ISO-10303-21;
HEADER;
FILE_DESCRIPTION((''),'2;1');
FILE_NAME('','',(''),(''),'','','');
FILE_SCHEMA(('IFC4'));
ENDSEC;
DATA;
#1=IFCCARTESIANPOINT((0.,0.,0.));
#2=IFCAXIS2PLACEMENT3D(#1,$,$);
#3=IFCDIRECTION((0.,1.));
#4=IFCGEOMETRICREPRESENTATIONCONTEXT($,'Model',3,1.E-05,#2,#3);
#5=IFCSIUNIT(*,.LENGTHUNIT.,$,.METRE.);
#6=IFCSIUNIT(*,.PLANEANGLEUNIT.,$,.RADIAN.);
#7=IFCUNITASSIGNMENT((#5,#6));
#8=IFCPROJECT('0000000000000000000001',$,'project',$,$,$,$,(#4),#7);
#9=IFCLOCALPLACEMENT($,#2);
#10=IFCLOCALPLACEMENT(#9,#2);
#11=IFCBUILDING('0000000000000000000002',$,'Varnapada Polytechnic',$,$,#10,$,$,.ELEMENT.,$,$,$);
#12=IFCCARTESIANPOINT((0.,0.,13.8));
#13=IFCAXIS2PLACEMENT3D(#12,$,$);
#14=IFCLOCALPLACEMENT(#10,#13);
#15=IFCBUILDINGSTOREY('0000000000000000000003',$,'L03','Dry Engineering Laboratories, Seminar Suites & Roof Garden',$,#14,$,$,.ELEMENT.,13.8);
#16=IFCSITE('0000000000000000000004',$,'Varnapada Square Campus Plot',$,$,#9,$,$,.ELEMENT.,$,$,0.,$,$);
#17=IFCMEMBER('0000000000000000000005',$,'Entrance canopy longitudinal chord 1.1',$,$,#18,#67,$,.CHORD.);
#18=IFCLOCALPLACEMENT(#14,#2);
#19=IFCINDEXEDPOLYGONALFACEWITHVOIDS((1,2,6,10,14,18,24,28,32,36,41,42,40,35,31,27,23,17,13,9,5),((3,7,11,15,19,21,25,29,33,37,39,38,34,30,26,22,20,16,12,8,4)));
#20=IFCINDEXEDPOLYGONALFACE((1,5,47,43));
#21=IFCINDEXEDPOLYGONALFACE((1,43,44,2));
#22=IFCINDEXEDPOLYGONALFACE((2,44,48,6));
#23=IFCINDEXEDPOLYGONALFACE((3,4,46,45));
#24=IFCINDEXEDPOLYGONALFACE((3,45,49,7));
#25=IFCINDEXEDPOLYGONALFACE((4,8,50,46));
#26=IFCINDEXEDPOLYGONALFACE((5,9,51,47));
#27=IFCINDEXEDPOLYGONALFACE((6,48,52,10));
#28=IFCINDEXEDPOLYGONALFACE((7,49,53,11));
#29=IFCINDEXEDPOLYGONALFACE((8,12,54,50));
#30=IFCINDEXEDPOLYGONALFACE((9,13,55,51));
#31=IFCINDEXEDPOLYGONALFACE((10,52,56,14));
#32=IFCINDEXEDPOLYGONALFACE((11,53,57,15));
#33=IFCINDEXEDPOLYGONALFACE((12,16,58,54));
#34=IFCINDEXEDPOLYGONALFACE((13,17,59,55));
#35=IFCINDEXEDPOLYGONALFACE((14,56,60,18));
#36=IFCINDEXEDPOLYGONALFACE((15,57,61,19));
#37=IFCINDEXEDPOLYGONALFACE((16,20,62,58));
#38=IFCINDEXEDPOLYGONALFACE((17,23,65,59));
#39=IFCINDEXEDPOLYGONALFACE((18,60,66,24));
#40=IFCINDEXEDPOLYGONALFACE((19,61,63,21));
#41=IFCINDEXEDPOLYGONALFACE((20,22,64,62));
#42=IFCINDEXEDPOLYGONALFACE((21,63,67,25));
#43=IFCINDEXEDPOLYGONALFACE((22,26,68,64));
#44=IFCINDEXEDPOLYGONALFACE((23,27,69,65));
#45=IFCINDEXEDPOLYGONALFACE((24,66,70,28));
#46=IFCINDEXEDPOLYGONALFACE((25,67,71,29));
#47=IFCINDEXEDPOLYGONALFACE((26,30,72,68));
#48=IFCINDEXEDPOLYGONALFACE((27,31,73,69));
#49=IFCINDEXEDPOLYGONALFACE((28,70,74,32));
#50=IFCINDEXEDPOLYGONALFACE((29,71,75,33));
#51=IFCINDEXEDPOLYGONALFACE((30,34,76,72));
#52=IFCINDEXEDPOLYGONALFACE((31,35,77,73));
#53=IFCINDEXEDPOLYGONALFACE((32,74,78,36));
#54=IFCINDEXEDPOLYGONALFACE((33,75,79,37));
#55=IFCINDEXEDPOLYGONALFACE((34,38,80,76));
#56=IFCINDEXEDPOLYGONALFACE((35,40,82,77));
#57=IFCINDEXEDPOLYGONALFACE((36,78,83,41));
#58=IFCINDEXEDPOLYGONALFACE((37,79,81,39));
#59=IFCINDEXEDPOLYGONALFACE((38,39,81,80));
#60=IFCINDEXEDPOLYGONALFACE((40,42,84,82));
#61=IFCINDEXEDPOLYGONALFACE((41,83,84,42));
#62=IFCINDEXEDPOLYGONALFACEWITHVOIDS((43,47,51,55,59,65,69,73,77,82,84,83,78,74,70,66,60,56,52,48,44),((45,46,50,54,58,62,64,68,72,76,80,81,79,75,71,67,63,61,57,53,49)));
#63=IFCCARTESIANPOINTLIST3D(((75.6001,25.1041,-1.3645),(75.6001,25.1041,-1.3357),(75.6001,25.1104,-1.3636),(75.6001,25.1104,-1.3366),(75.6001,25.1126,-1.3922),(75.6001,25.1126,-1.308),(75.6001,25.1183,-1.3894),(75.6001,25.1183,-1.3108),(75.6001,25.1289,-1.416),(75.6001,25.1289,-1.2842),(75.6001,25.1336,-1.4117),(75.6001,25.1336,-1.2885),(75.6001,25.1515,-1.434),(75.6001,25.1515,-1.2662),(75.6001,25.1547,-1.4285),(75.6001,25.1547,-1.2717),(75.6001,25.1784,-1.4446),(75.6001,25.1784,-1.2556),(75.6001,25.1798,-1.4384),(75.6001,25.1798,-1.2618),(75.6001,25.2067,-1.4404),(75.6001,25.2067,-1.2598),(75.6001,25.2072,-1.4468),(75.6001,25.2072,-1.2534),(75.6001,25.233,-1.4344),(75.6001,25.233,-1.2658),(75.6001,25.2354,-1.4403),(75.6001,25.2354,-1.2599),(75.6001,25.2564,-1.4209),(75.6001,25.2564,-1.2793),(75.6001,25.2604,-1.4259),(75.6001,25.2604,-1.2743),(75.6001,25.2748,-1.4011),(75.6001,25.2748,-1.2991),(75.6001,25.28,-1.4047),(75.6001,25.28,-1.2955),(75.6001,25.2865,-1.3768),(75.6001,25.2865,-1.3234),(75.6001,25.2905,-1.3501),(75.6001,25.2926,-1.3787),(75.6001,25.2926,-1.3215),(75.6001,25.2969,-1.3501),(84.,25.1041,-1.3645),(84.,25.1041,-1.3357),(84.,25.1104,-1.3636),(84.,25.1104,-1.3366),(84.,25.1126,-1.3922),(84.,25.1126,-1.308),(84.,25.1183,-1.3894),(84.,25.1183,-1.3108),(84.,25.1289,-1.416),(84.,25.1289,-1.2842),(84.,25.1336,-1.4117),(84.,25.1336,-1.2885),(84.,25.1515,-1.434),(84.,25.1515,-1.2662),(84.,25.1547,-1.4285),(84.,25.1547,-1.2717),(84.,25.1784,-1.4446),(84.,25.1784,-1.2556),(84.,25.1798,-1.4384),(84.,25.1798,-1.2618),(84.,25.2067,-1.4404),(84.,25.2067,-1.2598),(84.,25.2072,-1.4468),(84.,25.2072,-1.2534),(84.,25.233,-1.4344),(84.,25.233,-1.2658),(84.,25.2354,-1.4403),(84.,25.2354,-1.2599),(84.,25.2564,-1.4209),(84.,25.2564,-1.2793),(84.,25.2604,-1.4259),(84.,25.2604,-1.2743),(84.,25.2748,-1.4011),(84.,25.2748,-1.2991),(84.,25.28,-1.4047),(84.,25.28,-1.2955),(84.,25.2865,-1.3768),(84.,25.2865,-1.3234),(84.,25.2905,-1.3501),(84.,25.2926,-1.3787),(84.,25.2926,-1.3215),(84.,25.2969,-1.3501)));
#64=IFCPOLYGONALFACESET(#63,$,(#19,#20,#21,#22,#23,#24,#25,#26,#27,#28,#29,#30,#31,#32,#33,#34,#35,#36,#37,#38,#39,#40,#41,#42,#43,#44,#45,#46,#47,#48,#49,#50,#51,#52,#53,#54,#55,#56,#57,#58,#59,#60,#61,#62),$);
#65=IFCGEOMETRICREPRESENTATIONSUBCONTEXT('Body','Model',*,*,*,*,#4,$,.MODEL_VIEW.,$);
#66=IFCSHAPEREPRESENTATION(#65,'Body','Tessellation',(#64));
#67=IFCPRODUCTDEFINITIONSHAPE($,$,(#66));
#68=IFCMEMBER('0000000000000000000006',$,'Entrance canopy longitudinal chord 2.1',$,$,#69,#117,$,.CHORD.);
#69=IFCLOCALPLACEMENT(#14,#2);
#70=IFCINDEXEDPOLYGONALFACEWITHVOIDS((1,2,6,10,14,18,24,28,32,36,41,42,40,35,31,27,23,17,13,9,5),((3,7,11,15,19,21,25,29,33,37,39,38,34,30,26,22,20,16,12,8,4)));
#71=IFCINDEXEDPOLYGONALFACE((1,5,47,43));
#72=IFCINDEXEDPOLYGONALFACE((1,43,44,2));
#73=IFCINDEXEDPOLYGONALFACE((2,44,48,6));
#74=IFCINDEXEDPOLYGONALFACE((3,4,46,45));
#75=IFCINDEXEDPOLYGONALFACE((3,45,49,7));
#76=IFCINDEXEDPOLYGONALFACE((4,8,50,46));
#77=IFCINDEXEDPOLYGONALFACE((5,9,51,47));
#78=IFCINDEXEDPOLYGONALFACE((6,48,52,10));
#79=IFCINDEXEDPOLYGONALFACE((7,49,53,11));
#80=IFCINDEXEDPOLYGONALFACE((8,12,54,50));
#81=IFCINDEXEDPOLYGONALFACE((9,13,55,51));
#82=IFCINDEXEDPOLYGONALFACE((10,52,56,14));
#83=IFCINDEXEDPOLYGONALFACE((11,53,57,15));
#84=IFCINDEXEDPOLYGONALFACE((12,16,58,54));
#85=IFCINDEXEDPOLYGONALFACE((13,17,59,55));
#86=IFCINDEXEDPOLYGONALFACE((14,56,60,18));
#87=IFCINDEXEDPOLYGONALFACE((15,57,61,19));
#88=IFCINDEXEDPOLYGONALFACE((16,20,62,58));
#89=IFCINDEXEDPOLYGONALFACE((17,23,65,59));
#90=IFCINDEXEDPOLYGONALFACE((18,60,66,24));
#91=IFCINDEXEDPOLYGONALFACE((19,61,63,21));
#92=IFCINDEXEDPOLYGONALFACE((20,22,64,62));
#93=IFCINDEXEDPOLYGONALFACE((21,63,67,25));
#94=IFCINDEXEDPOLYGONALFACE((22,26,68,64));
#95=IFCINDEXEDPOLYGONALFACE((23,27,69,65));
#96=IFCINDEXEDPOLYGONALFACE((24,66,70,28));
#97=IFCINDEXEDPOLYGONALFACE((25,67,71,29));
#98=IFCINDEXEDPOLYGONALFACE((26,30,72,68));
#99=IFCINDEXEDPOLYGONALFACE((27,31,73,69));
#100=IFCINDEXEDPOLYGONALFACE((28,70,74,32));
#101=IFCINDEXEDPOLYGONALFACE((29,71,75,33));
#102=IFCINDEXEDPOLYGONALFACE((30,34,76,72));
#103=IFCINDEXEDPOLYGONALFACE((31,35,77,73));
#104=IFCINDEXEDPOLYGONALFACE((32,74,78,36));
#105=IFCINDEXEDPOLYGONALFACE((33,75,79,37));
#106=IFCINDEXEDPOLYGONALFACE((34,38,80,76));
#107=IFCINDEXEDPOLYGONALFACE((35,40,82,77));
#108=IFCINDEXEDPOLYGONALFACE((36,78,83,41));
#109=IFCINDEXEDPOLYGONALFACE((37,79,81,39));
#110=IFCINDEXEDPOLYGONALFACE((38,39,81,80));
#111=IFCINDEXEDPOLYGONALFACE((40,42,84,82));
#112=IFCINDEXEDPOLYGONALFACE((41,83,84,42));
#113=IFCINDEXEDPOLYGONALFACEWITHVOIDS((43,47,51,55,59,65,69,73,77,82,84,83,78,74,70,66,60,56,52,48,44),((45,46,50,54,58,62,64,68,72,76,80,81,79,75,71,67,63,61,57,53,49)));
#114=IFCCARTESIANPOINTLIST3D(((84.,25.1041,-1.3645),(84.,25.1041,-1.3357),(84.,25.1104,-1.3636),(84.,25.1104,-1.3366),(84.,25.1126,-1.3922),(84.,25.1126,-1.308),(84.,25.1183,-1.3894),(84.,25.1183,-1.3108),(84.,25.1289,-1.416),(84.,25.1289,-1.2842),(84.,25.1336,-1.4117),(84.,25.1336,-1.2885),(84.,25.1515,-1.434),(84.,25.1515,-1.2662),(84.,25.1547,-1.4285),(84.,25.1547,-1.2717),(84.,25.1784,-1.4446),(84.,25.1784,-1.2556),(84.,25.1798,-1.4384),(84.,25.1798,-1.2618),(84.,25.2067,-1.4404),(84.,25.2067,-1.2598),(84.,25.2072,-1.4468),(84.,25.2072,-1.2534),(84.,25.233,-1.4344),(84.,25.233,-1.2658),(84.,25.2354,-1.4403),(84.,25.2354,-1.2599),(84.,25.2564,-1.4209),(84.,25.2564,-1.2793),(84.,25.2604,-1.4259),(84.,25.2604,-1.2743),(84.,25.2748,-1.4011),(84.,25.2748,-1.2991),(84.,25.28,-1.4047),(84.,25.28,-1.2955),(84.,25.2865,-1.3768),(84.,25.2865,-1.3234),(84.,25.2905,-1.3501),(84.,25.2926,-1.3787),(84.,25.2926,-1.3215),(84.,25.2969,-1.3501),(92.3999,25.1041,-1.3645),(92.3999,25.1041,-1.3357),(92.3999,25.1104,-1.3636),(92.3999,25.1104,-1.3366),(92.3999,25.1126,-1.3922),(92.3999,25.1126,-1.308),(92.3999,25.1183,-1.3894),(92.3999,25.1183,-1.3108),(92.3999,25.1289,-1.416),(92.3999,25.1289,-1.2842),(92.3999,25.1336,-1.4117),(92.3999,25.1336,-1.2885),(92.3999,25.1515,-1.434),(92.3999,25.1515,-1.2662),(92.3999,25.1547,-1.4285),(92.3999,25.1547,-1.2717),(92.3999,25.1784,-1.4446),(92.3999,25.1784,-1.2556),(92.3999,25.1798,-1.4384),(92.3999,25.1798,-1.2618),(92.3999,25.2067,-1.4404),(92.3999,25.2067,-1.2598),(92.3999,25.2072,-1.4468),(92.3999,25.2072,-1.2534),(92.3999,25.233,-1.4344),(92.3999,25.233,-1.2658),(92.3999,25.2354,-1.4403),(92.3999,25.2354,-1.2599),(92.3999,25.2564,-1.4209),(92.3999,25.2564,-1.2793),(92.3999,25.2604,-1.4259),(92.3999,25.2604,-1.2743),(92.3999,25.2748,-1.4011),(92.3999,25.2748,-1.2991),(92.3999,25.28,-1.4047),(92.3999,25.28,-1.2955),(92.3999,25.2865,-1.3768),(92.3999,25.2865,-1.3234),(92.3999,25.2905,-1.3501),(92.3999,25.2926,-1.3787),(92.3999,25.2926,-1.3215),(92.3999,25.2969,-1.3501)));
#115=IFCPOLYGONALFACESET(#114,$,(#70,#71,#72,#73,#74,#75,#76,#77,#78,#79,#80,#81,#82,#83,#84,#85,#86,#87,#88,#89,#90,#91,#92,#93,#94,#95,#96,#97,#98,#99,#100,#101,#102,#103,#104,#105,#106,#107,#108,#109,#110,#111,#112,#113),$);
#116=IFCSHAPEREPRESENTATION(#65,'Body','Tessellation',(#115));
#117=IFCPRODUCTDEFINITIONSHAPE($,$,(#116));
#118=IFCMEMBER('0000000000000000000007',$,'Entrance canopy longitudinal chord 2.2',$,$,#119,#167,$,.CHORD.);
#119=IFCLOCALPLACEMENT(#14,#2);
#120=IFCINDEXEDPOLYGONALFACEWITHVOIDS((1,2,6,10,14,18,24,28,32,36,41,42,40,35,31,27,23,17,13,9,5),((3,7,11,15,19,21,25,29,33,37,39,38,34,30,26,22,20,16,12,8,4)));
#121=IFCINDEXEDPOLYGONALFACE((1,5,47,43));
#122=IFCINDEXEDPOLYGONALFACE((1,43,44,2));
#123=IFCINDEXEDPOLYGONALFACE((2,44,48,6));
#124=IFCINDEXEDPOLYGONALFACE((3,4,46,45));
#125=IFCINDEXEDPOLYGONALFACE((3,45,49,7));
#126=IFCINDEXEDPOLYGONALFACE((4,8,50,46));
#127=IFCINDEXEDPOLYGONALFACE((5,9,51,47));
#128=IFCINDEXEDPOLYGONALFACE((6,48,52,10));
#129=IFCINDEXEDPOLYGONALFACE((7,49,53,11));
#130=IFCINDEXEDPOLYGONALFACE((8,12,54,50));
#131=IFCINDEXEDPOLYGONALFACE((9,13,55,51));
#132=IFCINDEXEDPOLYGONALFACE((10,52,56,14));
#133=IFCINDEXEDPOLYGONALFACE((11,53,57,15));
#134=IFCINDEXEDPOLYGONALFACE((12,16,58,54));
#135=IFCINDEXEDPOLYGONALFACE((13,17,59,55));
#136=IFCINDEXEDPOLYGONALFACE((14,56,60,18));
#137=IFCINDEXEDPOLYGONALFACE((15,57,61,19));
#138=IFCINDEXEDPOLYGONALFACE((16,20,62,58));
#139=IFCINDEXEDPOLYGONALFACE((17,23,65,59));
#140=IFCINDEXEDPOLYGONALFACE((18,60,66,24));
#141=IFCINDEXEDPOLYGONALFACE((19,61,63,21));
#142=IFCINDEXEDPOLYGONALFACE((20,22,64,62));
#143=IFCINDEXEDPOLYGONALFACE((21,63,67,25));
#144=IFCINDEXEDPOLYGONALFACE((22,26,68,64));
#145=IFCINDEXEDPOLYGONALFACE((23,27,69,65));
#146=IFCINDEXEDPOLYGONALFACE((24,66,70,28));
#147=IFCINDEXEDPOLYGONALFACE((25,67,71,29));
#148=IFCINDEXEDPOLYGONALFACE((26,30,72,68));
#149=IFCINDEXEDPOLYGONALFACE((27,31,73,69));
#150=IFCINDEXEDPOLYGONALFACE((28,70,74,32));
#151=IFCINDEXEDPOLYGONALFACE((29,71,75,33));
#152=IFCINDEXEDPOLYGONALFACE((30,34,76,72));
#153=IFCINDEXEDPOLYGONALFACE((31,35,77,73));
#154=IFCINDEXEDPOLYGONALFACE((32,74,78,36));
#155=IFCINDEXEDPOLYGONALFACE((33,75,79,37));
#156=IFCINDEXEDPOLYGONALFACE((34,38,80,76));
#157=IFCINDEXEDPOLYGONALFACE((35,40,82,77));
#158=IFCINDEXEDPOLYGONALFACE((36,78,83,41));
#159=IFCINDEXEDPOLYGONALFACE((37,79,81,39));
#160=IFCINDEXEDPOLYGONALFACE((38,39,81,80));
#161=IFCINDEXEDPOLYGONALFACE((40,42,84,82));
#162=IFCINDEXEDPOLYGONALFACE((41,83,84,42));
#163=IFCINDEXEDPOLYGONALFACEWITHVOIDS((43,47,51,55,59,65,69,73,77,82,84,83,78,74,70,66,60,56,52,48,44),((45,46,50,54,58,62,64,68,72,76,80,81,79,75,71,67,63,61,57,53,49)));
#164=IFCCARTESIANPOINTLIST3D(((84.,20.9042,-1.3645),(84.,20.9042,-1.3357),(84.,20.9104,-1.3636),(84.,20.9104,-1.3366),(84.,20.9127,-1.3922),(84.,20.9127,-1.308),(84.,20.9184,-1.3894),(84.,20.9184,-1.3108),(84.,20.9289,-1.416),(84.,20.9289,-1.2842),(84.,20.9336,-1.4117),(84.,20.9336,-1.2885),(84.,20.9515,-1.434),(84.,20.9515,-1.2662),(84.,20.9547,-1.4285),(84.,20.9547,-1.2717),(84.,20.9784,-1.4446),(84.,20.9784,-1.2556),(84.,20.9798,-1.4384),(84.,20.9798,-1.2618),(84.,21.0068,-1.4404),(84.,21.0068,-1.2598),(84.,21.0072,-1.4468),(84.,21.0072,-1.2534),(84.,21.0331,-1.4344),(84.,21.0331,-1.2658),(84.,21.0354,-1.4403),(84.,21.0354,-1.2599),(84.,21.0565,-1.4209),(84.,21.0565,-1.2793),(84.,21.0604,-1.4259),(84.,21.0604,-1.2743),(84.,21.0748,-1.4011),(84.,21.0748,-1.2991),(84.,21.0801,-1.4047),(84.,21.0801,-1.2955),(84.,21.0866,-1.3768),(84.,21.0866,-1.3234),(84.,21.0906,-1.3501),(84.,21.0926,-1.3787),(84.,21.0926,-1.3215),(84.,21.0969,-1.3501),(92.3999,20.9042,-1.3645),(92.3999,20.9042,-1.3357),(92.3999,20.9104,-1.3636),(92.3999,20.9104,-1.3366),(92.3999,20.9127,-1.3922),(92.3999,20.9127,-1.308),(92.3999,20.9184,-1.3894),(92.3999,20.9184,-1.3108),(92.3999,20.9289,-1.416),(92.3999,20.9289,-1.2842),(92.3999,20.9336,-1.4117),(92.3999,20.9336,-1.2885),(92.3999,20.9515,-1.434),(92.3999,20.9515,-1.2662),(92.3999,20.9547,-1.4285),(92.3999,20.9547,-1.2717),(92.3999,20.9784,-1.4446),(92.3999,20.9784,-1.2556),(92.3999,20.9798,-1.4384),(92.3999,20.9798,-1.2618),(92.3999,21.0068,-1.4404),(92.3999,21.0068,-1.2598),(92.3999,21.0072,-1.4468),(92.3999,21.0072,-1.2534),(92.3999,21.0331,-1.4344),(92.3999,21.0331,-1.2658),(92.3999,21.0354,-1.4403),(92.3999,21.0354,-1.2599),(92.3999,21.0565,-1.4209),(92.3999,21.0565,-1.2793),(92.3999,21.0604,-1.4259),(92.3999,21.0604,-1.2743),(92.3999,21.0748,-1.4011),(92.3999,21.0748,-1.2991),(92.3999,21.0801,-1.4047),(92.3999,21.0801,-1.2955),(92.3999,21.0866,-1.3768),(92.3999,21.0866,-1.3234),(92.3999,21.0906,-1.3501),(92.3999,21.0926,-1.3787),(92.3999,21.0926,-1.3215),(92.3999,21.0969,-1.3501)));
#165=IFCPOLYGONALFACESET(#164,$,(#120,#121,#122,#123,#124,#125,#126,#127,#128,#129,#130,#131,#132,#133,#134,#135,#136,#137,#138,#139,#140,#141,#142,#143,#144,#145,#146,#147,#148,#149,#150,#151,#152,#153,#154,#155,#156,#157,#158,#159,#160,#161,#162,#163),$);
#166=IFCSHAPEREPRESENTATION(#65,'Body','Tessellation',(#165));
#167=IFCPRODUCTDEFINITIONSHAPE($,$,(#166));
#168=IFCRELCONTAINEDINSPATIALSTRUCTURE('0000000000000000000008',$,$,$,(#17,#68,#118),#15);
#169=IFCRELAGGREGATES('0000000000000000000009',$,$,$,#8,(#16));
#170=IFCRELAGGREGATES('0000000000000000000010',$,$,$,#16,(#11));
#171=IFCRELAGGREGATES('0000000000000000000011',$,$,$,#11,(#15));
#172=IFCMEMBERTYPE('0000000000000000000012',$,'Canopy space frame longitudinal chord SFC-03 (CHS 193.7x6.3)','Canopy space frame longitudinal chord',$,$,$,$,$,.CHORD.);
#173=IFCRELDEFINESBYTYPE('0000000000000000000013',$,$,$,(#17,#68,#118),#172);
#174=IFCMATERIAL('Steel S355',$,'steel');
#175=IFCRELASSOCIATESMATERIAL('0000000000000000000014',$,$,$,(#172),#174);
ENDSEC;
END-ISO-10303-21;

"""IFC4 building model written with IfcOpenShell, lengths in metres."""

from ifc_helpers import new_model, si_unit, direction, frame, origin, origin_2d, place, context, subcontext, project, spatial, hollow_circle, extrude, material, material_profile, profile_set, type_object, element, save


model = new_model("IFC4")

# Units and contexts
model_context = context("Model", 3, precision=1e-05, world=origin(), true_north=direction((0.0, 1.0)))
body_context = subcontext(model_context, "Body", "Model", "MODEL_VIEW")
ifc_project = project(units=[si_unit("LENGTHUNIT", "METRE"), si_unit("PLANEANGLEUNIT", "RADIAN")], contexts=[model_context])

# Site, building, storey
site_placement = place(None, origin())
site = spatial("IfcSite", under=ifc_project, at=site_placement, Name="Varnapada Square Campus Plot", CompositionType="ELEMENT", RefElevation=0.0)
building_placement = place(site_placement, origin())
building = spatial("IfcBuilding", under=site, at=building_placement, Name="Varnapada Polytechnic", CompositionType="ELEMENT")
storey_placement = place(building_placement, frame((0.0, 0.0, 13.8)))
storey = spatial("IfcBuildingStorey", under=building, at=storey_placement, Name="L03", Description="Dry Engineering Laboratories, Seminar Suites & Roof Garden", CompositionType="ELEMENT", Elevation=13.8)

# Members
ifc_material = material(Name="Steel S355", Category="steel")
ifc_material_profile_1 = material_profile(ifc_material, hollow_circle(Radius=0.0969, WallThickness=0.0063, at=origin_2d()), Name="CHS 193.7x6.3")
ifc_profile_set_1 = profile_set([ifc_material_profile_1], Name="Steel S355")
member_type_1 = type_object("IfcMemberType", Name="Canopy space frame longitudinal chord SFC-03 (CHS 193.7x6.3)", Description="Canopy space frame longitudinal chord", PredefinedType="CHORD", material=ifc_profile_set_1)
for number, where, z_axis, x_axis, name in (
    (1, (75.6001, 25.2, -1.3501), (1.0, 0.0, 0.0), (0.0, 1.0, 0.0), "Entrance canopy longitudinal chord 1.1"),
    (2, (84.0, 25.2, -1.3501), (1.0, 0.0, 0.0), (0.0, 1.0, 0.0), "Entrance canopy longitudinal chord 2.1"),
    (3, (84.0, 21.0, -1.3501), (1.0, 0.0, 0.0), (0.0, 1.0, 0.0), "Entrance canopy longitudinal chord 2.2"),
):
    element("IfcMember", number, at=place(storey_placement, frame(where, z_axis=z_axis, x_axis=x_axis)), inside=storey, type_object=member_type_1, Name=name, PredefinedType="CHORD", context=body_context, shape_type="SweptSolid", body=[
        extrude(hollow_circle(Radius=0.0969, WallThickness=0.0063, at=origin_2d()), origin(), (0.0, 0.0, 1.0), 8.3999),
    ])

save(model, "model.ifc")
